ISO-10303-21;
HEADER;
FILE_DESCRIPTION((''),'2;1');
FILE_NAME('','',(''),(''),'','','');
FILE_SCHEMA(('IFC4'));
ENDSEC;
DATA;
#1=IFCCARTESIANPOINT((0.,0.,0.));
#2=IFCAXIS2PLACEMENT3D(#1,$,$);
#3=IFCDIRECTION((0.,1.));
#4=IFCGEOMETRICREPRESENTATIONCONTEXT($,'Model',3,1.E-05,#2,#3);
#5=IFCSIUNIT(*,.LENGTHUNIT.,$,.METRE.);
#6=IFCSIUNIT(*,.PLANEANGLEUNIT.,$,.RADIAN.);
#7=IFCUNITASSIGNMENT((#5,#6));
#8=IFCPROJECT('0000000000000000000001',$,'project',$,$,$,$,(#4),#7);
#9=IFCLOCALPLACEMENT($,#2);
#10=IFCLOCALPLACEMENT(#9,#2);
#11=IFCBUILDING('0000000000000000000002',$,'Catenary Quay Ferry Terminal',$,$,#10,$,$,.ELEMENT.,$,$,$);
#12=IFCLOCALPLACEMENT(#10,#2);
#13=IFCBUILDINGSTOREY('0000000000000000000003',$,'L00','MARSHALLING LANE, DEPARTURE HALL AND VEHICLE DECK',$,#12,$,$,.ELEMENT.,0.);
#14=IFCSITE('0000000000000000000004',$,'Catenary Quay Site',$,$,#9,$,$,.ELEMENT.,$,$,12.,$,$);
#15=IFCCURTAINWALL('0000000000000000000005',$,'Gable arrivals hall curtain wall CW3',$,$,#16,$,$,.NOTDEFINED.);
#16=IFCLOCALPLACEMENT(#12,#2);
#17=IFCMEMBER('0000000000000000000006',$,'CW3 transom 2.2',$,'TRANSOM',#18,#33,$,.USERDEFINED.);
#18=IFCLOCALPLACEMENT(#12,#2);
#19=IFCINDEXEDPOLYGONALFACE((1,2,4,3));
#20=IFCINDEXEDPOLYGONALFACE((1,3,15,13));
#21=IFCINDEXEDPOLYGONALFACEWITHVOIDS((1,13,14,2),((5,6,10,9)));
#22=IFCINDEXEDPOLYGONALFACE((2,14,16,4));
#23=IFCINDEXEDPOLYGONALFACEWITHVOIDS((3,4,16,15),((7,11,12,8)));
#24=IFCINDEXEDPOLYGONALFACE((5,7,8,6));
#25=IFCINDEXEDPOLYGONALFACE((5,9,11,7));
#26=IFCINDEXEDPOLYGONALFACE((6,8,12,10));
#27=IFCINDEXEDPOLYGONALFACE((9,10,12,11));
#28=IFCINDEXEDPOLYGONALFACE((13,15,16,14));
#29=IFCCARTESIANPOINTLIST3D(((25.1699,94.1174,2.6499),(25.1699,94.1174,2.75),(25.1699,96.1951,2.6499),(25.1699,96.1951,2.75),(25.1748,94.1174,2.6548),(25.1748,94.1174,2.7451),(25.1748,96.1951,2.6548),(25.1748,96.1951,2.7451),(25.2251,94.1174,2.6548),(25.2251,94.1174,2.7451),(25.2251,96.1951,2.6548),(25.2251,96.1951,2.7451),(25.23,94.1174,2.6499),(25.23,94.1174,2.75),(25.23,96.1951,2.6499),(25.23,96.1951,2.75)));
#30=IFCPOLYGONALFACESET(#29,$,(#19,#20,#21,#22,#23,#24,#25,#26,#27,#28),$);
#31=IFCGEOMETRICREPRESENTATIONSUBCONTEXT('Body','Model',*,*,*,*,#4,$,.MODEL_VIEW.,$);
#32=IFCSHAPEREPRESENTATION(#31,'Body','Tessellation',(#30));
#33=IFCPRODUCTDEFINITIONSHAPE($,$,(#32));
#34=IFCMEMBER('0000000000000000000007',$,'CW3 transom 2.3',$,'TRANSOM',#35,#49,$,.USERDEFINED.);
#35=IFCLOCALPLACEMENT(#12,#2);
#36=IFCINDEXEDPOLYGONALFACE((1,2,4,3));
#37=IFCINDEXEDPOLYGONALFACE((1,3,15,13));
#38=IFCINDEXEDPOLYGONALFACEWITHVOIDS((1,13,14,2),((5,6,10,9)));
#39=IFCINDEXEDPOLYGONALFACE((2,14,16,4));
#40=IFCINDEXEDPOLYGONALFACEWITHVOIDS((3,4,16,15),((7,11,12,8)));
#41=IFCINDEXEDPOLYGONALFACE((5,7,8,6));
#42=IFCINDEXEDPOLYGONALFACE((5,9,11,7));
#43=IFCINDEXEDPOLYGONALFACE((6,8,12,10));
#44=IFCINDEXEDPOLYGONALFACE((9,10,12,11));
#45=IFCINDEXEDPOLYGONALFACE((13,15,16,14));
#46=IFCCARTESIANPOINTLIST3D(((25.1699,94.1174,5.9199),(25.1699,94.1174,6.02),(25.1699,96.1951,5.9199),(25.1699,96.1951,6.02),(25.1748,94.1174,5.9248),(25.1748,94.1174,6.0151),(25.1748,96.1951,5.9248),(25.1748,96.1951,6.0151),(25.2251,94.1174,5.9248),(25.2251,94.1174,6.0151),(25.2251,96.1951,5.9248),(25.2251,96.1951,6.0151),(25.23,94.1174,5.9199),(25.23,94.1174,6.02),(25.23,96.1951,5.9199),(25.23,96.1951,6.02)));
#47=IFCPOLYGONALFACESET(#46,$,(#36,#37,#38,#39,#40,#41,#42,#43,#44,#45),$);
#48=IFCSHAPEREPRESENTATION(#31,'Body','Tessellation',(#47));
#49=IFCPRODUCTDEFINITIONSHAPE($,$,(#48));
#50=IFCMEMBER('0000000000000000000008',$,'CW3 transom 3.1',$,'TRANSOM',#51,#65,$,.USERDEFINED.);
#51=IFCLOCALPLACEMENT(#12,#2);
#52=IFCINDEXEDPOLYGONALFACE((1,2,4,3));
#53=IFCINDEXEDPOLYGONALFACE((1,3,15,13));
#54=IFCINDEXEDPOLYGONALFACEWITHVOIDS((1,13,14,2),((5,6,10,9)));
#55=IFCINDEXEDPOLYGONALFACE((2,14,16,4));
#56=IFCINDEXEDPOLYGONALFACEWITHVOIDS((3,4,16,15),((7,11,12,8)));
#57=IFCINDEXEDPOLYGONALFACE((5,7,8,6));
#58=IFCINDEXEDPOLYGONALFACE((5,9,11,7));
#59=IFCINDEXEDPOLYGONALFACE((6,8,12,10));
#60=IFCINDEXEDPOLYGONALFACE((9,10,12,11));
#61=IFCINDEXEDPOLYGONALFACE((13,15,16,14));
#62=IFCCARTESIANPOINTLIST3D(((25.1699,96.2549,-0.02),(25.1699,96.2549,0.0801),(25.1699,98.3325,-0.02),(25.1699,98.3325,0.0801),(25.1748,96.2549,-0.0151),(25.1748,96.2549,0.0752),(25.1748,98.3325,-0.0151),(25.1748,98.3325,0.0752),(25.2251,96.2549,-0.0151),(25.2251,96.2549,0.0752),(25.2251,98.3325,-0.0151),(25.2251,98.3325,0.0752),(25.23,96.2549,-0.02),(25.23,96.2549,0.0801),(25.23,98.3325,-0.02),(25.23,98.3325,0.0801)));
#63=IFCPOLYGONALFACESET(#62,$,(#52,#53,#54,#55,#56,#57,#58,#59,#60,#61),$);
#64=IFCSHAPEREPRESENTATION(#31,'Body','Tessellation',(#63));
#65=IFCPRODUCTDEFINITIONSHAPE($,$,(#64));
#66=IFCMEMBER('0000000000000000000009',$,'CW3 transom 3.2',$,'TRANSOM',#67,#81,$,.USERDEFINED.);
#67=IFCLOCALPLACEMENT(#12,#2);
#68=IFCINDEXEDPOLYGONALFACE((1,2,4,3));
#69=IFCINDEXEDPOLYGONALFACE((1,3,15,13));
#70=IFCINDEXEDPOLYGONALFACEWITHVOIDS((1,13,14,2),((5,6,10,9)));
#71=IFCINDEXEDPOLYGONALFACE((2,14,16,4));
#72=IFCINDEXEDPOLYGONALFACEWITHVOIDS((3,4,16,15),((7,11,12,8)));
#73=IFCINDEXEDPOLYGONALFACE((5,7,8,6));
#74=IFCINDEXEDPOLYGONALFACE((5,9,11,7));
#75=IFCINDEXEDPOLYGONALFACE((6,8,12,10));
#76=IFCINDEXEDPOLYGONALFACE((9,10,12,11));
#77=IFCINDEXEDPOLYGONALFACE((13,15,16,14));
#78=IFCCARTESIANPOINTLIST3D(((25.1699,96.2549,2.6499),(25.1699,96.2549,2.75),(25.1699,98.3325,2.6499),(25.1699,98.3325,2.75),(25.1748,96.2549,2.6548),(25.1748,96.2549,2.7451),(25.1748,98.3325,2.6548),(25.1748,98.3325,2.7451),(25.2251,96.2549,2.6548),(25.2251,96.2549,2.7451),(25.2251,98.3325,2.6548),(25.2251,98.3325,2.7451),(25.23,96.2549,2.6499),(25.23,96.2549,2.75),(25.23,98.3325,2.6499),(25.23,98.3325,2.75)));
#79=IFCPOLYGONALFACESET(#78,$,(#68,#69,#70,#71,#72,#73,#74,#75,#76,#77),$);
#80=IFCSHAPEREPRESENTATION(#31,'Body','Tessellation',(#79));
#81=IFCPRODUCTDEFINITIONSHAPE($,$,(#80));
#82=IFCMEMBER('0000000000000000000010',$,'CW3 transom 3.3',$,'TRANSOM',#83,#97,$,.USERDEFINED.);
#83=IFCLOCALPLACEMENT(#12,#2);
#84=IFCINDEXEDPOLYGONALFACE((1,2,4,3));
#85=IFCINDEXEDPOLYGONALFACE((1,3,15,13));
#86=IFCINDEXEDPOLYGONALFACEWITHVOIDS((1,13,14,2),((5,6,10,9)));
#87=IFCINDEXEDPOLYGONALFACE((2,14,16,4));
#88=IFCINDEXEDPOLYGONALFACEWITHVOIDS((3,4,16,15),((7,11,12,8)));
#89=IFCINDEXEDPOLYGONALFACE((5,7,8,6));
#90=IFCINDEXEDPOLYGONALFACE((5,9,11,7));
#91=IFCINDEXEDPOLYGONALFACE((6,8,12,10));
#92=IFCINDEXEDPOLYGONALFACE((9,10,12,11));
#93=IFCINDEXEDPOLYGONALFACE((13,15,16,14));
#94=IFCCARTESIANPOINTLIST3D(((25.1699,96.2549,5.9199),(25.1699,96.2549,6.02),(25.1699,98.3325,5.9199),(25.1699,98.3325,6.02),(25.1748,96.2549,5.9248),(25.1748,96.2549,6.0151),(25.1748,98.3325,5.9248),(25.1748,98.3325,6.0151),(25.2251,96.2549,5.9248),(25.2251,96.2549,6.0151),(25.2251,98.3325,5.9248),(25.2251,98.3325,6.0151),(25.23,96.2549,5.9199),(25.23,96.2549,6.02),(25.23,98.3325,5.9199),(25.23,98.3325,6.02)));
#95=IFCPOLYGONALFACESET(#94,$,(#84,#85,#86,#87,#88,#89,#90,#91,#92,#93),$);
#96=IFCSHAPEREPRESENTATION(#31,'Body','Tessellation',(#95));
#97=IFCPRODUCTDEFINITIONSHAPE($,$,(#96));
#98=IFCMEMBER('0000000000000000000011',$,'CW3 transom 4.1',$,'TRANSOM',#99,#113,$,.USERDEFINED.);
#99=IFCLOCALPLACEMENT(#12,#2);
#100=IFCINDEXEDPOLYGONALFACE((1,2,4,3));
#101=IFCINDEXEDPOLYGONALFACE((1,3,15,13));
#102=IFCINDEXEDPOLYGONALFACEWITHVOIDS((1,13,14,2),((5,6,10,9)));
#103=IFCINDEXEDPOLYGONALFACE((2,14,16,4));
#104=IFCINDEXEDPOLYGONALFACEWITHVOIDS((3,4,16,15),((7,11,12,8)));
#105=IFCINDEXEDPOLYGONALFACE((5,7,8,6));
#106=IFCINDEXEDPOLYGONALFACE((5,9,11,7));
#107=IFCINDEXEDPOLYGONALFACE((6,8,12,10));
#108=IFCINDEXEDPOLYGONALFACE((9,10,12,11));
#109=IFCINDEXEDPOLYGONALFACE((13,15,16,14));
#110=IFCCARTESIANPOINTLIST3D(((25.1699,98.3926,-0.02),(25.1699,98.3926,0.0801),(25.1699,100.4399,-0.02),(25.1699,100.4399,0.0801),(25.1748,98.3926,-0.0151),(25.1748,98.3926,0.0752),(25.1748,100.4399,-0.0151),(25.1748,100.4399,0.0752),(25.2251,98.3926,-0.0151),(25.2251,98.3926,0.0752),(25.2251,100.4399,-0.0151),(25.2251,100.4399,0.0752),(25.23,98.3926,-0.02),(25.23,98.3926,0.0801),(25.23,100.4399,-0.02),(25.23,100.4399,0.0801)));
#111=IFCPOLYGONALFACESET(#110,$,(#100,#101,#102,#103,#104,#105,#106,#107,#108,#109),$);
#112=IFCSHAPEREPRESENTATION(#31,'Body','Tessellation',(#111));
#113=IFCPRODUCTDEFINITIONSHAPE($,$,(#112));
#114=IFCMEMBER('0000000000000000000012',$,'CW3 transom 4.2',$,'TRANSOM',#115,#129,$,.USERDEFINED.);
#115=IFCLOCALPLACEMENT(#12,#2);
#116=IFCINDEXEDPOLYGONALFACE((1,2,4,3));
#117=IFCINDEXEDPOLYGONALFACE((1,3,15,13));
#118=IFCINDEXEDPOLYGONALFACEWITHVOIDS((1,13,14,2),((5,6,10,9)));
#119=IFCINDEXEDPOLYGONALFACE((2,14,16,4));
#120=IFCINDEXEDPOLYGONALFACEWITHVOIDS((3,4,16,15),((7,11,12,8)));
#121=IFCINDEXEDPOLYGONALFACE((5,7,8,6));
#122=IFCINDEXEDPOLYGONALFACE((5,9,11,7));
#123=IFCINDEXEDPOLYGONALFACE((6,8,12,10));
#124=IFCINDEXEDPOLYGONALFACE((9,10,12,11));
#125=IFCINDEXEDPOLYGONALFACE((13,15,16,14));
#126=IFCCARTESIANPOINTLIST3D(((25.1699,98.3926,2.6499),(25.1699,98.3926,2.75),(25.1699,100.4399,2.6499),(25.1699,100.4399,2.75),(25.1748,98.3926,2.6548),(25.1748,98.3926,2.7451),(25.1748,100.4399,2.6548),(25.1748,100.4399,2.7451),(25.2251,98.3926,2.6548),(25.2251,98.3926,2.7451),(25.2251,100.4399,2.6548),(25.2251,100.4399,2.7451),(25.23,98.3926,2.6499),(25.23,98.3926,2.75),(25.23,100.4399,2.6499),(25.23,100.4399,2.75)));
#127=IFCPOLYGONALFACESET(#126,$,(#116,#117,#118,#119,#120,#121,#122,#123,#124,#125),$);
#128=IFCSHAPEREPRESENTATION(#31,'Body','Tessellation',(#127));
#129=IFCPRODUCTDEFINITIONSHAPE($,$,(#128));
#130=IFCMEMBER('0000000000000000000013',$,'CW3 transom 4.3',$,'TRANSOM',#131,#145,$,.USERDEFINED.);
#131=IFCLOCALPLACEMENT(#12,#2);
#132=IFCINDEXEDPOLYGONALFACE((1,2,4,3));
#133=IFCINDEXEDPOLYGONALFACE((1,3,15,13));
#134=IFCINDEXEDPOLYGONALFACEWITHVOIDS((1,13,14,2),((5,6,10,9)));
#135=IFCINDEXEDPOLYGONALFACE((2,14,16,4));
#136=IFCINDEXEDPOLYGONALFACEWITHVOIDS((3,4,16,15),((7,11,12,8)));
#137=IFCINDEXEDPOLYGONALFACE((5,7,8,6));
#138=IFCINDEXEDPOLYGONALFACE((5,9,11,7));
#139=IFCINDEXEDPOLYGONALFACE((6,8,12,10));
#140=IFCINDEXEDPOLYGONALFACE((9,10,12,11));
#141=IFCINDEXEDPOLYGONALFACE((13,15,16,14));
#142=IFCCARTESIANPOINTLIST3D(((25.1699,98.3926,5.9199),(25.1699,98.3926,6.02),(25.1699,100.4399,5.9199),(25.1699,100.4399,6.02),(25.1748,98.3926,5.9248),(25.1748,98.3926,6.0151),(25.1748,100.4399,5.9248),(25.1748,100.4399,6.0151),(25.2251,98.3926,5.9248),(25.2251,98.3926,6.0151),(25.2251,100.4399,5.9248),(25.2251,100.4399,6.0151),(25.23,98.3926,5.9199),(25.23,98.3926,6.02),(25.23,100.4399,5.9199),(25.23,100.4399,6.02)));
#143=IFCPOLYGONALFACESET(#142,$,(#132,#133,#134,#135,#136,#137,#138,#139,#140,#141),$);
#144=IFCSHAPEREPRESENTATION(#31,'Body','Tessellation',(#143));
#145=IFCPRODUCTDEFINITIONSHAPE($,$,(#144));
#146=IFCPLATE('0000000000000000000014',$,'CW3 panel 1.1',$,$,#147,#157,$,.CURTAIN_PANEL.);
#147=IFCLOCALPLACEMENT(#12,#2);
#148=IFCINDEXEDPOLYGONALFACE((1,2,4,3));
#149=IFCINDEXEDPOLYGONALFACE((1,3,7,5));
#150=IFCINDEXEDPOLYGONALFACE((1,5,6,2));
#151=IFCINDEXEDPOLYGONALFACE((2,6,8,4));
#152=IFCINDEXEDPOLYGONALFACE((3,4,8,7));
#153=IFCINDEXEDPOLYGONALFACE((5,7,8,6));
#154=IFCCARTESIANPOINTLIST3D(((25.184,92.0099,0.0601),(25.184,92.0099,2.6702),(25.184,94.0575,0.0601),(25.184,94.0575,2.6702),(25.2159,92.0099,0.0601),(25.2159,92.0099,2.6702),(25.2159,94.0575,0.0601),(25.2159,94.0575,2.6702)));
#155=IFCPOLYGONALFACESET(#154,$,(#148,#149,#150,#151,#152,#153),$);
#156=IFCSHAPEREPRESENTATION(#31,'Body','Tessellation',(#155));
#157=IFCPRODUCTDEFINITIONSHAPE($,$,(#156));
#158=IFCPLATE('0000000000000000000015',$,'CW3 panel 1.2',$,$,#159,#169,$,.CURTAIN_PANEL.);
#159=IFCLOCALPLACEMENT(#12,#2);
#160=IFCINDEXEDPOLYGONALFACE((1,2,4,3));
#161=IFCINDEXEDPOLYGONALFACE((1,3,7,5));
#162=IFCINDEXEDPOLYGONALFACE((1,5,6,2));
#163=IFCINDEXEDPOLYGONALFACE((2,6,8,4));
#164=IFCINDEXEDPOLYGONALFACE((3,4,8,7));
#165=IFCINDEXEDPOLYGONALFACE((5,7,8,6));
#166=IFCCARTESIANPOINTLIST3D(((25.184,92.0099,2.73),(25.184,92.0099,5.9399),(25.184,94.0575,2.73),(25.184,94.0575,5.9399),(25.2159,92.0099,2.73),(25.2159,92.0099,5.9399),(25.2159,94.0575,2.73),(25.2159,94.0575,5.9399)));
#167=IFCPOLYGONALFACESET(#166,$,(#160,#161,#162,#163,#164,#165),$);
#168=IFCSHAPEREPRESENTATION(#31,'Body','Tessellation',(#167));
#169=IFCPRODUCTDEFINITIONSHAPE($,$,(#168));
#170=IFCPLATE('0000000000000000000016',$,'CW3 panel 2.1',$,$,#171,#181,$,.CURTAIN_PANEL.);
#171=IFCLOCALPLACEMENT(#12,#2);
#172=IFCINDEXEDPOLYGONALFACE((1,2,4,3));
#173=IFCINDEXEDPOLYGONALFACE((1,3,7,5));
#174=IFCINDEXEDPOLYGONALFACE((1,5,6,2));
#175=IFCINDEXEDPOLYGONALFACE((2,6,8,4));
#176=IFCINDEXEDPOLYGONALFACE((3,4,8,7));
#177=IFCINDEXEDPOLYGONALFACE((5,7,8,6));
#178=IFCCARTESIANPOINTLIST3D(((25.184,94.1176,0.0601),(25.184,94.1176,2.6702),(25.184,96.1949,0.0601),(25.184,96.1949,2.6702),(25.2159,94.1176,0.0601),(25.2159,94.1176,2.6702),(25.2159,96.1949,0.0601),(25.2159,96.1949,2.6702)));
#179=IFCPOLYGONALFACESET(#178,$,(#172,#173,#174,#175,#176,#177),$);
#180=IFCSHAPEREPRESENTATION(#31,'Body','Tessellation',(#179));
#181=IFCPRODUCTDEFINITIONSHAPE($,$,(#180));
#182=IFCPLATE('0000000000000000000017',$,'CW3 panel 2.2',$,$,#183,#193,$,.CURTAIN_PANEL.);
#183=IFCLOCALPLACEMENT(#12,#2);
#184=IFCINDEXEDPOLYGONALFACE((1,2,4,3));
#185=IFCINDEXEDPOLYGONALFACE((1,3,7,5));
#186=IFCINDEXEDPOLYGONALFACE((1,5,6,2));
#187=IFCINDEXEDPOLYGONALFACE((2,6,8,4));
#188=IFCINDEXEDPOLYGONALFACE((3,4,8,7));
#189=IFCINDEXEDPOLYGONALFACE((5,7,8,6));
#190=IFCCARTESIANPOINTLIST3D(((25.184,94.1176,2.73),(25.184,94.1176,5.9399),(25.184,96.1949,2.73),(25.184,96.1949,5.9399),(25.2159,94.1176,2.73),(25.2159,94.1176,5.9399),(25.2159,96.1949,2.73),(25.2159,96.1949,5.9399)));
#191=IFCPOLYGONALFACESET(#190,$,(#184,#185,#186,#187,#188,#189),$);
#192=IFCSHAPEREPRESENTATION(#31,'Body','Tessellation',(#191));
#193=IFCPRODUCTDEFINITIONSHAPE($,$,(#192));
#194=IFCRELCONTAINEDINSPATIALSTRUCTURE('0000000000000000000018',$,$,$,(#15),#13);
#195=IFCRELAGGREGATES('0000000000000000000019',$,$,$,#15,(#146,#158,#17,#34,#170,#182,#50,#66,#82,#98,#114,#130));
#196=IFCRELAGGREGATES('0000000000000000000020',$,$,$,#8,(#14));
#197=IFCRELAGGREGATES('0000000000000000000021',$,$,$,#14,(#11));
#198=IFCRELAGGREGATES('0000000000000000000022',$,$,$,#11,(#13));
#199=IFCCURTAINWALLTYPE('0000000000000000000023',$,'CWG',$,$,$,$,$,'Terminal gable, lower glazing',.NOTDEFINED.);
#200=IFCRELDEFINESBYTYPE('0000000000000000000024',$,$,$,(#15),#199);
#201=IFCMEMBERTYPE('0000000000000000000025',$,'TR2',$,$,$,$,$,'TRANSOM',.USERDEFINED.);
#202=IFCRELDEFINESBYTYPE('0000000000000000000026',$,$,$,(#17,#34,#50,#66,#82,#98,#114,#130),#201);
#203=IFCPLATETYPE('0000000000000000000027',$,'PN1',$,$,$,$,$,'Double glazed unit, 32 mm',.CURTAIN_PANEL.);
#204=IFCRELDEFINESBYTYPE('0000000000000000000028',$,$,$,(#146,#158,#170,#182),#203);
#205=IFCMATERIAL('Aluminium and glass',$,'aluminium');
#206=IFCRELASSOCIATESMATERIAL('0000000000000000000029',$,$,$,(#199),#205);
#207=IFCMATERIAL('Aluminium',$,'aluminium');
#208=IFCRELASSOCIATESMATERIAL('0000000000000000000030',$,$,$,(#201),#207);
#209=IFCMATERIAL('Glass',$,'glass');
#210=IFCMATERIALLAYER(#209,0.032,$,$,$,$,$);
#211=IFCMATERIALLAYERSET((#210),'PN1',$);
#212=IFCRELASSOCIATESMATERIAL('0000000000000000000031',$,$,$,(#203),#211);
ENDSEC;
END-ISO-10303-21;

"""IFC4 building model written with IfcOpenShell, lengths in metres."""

from ifc_helpers import new_model, si_unit, direction, frame, origin, origin_2d, place, context, subcontext, project, spatial, rectangle, hollow_rectangle, extrude, material, layer, layer_set, material_profile, profile_set, type_object, element, aggregate, save


model = new_model("IFC4")

# Units and contexts
model_context = context("Model", 3, precision=1e-05, world=origin(), true_north=direction((0.0, 1.0)))
body_context = subcontext(model_context, "Body", "Model", "MODEL_VIEW")
ifc_project = project(units=[si_unit("LENGTHUNIT", "METRE"), si_unit("PLANEANGLEUNIT", "RADIAN")], contexts=[model_context])

# Site, building, storey
site_placement = place(None, origin())
site = spatial("IfcSite", under=ifc_project, at=site_placement, Name="Catenary Quay Site", CompositionType="ELEMENT", RefElevation=12.0)
building_placement = place(site_placement, origin())
building = spatial("IfcBuilding", under=site, at=building_placement, Name="Catenary Quay Ferry Terminal", CompositionType="ELEMENT")
storey_placement = place(building_placement, origin())
storey = spatial("IfcBuildingStorey", under=building, at=storey_placement, Name="L00", Description="MARSHALLING LANE, DEPARTURE HALL AND VEHICLE DECK", CompositionType="ELEMENT", Elevation=0.0)

# Curtain wall, members, plates
ifc_material_1 = material(Name="Aluminium and glass", Category="aluminium")
curtain_wall_type = type_object("IfcCurtainWallType", Name="CWG", ElementType="Terminal gable, lower glazing", PredefinedType="NOTDEFINED", material=ifc_material_1)
curtain_wall_placement = place(storey_placement, origin())
curtain_wall = element("IfcCurtainWall", 1, at=curtain_wall_placement, inside=storey, type_object=curtain_wall_type, Name="Gable arrivals hall curtain wall CW3", PredefinedType="NOTDEFINED")
ifc_material_2 = material(Name="Aluminium", Category="aluminium")
ifc_material_profile_1 = material_profile(ifc_material_2, hollow_rectangle(XDim=0.0601, YDim=0.1001, WallThickness=0.0049, at=origin_2d()), Name="TR2")
ifc_profile_set_1 = profile_set([ifc_material_profile_1], Name="Aluminium")
member_type_1 = type_object("IfcMemberType", Name="TR2", ElementType="TRANSOM", PredefinedType="USERDEFINED", material=ifc_profile_set_1)
member_1_placement = place(storey_placement, frame((25.2, 94.1174, 2.7), z_axis=(0.0, 1.0, 0.0), x_axis=(-1.0, 0.0, 0.0)))
member_1 = element("IfcMember", 2, at=member_1_placement, type_object=member_type_1, Name="CW3 transom 2.2", ObjectType="TRANSOM", PredefinedType="USERDEFINED", context=body_context, shape_type="SweptSolid", body=[
    extrude(hollow_rectangle(XDim=0.0601, YDim=0.1001, WallThickness=0.0049, at=origin_2d()), origin(), (0.0, 0.0, 1.0), 2.0776),
])
member_2_placement = place(storey_placement, frame((25.2, 94.1174, 5.97), z_axis=(0.0, 1.0, 0.0), x_axis=(-1.0, 0.0, 0.0)))
member_2 = element("IfcMember", 3, at=member_2_placement, type_object=member_type_1, Name="CW3 transom 2.3", ObjectType="TRANSOM", PredefinedType="USERDEFINED", context=body_context, shape_type="SweptSolid", body=[
    extrude(hollow_rectangle(XDim=0.0601, YDim=0.1001, WallThickness=0.0049, at=origin_2d()), origin(), (0.0, 0.0, 1.0), 2.0776),
])
member_3_placement = place(storey_placement, frame((25.2, 96.2549, 0.03), z_axis=(0.0, 1.0, 0.0), x_axis=(-1.0, 0.0, 0.0)))
member_3 = element("IfcMember", 4, at=member_3_placement, type_object=member_type_1, Name="CW3 transom 3.1", ObjectType="TRANSOM", PredefinedType="USERDEFINED", context=body_context, shape_type="SweptSolid", body=[
    extrude(hollow_rectangle(XDim=0.0601, YDim=0.1001, WallThickness=0.0049, at=origin_2d()), origin(), (0.0, 0.0, 1.0), 2.0776),
])
member_4_placement = place(storey_placement, frame((25.2, 96.2549, 2.7), z_axis=(0.0, 1.0, 0.0), x_axis=(-1.0, 0.0, 0.0)))
member_4 = element("IfcMember", 5, at=member_4_placement, type_object=member_type_1, Name="CW3 transom 3.2", ObjectType="TRANSOM", PredefinedType="USERDEFINED", context=body_context, shape_type="SweptSolid", body=[
    extrude(hollow_rectangle(XDim=0.0601, YDim=0.1001, WallThickness=0.0049, at=origin_2d()), origin(), (0.0, 0.0, 1.0), 2.0776),
])
member_5_placement = place(storey_placement, frame((25.2, 96.2549, 5.97), z_axis=(0.0, 1.0, 0.0), x_axis=(-1.0, 0.0, 0.0)))
member_5 = element("IfcMember", 6, at=member_5_placement, type_object=member_type_1, Name="CW3 transom 3.3", ObjectType="TRANSOM", PredefinedType="USERDEFINED", context=body_context, shape_type="SweptSolid", body=[
    extrude(hollow_rectangle(XDim=0.0601, YDim=0.1001, WallThickness=0.0049, at=origin_2d()), origin(), (0.0, 0.0, 1.0), 2.0776),
])
member_6_placement = place(storey_placement, frame((25.2, 98.3926, 0.03), z_axis=(0.0, 1.0, 0.0), x_axis=(-1.0, 0.0, 0.0)))
member_6 = element("IfcMember", 7, at=member_6_placement, type_object=member_type_1, Name="CW3 transom 4.1", ObjectType="TRANSOM", PredefinedType="USERDEFINED", context=body_context, shape_type="SweptSolid", body=[
    extrude(hollow_rectangle(XDim=0.0601, YDim=0.1001, WallThickness=0.0049, at=origin_2d()), origin(), (0.0, 0.0, 1.0), 2.0474),
])
member_7_placement = place(storey_placement, frame((25.2, 98.3926, 2.7), z_axis=(0.0, 1.0, 0.0), x_axis=(-1.0, 0.0, 0.0)))
member_7 = element("IfcMember", 8, at=member_7_placement, type_object=member_type_1, Name="CW3 transom 4.2", ObjectType="TRANSOM", PredefinedType="USERDEFINED", context=body_context, shape_type="SweptSolid", body=[
    extrude(hollow_rectangle(XDim=0.0601, YDim=0.1001, WallThickness=0.0049, at=origin_2d()), origin(), (0.0, 0.0, 1.0), 2.0474),
])
member_8_placement = place(storey_placement, frame((25.2, 98.3926, 5.97), z_axis=(0.0, 1.0, 0.0), x_axis=(-1.0, 0.0, 0.0)))
member_8 = element("IfcMember", 9, at=member_8_placement, type_object=member_type_1, Name="CW3 transom 4.3", ObjectType="TRANSOM", PredefinedType="USERDEFINED", context=body_context, shape_type="SweptSolid", body=[
    extrude(hollow_rectangle(XDim=0.0601, YDim=0.1001, WallThickness=0.0049, at=origin_2d()), origin(), (0.0, 0.0, 1.0), 2.0474),
])
ifc_material_3 = material(Name="Glass", Category="glass")
ifc_layer_1 = layer(ifc_material_3, 0.032)
ifc_layer_set_1 = layer_set([ifc_layer_1], Name="PN1")
plate_type = type_object("IfcPlateType", Name="PN1", ElementType="Double glazed unit, 32 mm", PredefinedType="CURTAIN_PANEL", material=ifc_layer_set_1)
plate_1_placement = place(storey_placement, frame((25.2, 93.0337, 0.0601), z_axis=(0.0, 0.0, 1.0), x_axis=(0.0, 1.0, 0.0)))
plate_1 = element("IfcPlate", 10, at=plate_1_placement, type_object=plate_type, Name="CW3 panel 1.1", PredefinedType="CURTAIN_PANEL", context=body_context, shape_type="SweptSolid", body=[
    extrude(rectangle(XDim=2.0476, YDim=0.032, at=origin_2d()), origin(), (0.0, 0.0, 1.0), 2.6101),
])
plate_2_placement = place(storey_placement, frame((25.2, 93.0337, 2.73), z_axis=(0.0, 0.0, 1.0), x_axis=(0.0, 1.0, 0.0)))
plate_2 = element("IfcPlate", 11, at=plate_2_placement, type_object=plate_type, Name="CW3 panel 1.2", PredefinedType="CURTAIN_PANEL", context=body_context, shape_type="SweptSolid", body=[
    extrude(rectangle(XDim=2.0476, YDim=0.032, at=origin_2d()), origin(), (0.0, 0.0, 1.0), 3.21),
])
plate_3_placement = place(storey_placement, frame((25.2, 95.1562, 0.0601), z_axis=(0.0, 0.0, 1.0), x_axis=(0.0, 1.0, 0.0)))
plate_3 = element("IfcPlate", 12, at=plate_3_placement, type_object=plate_type, Name="CW3 panel 2.1", PredefinedType="CURTAIN_PANEL", context=body_context, shape_type="SweptSolid", body=[
    extrude(rectangle(XDim=2.0774, YDim=0.032, at=origin_2d()), origin(), (0.0, 0.0, 1.0), 2.6101),
])
plate_4_placement = place(storey_placement, frame((25.2, 95.1562, 2.73), z_axis=(0.0, 0.0, 1.0), x_axis=(0.0, 1.0, 0.0)))
plate_4 = element("IfcPlate", 13, at=plate_4_placement, type_object=plate_type, Name="CW3 panel 2.2", PredefinedType="CURTAIN_PANEL", context=body_context, shape_type="SweptSolid", body=[
    extrude(rectangle(XDim=2.0774, YDim=0.032, at=origin_2d()), origin(), (0.0, 0.0, 1.0), 3.21),
])
aggregate(curtain_wall, [plate_1, plate_2, member_1, member_2, plate_3, plate_4, member_3, member_4, member_5, member_6, member_7, member_8])

save(model, "model.ifc")
